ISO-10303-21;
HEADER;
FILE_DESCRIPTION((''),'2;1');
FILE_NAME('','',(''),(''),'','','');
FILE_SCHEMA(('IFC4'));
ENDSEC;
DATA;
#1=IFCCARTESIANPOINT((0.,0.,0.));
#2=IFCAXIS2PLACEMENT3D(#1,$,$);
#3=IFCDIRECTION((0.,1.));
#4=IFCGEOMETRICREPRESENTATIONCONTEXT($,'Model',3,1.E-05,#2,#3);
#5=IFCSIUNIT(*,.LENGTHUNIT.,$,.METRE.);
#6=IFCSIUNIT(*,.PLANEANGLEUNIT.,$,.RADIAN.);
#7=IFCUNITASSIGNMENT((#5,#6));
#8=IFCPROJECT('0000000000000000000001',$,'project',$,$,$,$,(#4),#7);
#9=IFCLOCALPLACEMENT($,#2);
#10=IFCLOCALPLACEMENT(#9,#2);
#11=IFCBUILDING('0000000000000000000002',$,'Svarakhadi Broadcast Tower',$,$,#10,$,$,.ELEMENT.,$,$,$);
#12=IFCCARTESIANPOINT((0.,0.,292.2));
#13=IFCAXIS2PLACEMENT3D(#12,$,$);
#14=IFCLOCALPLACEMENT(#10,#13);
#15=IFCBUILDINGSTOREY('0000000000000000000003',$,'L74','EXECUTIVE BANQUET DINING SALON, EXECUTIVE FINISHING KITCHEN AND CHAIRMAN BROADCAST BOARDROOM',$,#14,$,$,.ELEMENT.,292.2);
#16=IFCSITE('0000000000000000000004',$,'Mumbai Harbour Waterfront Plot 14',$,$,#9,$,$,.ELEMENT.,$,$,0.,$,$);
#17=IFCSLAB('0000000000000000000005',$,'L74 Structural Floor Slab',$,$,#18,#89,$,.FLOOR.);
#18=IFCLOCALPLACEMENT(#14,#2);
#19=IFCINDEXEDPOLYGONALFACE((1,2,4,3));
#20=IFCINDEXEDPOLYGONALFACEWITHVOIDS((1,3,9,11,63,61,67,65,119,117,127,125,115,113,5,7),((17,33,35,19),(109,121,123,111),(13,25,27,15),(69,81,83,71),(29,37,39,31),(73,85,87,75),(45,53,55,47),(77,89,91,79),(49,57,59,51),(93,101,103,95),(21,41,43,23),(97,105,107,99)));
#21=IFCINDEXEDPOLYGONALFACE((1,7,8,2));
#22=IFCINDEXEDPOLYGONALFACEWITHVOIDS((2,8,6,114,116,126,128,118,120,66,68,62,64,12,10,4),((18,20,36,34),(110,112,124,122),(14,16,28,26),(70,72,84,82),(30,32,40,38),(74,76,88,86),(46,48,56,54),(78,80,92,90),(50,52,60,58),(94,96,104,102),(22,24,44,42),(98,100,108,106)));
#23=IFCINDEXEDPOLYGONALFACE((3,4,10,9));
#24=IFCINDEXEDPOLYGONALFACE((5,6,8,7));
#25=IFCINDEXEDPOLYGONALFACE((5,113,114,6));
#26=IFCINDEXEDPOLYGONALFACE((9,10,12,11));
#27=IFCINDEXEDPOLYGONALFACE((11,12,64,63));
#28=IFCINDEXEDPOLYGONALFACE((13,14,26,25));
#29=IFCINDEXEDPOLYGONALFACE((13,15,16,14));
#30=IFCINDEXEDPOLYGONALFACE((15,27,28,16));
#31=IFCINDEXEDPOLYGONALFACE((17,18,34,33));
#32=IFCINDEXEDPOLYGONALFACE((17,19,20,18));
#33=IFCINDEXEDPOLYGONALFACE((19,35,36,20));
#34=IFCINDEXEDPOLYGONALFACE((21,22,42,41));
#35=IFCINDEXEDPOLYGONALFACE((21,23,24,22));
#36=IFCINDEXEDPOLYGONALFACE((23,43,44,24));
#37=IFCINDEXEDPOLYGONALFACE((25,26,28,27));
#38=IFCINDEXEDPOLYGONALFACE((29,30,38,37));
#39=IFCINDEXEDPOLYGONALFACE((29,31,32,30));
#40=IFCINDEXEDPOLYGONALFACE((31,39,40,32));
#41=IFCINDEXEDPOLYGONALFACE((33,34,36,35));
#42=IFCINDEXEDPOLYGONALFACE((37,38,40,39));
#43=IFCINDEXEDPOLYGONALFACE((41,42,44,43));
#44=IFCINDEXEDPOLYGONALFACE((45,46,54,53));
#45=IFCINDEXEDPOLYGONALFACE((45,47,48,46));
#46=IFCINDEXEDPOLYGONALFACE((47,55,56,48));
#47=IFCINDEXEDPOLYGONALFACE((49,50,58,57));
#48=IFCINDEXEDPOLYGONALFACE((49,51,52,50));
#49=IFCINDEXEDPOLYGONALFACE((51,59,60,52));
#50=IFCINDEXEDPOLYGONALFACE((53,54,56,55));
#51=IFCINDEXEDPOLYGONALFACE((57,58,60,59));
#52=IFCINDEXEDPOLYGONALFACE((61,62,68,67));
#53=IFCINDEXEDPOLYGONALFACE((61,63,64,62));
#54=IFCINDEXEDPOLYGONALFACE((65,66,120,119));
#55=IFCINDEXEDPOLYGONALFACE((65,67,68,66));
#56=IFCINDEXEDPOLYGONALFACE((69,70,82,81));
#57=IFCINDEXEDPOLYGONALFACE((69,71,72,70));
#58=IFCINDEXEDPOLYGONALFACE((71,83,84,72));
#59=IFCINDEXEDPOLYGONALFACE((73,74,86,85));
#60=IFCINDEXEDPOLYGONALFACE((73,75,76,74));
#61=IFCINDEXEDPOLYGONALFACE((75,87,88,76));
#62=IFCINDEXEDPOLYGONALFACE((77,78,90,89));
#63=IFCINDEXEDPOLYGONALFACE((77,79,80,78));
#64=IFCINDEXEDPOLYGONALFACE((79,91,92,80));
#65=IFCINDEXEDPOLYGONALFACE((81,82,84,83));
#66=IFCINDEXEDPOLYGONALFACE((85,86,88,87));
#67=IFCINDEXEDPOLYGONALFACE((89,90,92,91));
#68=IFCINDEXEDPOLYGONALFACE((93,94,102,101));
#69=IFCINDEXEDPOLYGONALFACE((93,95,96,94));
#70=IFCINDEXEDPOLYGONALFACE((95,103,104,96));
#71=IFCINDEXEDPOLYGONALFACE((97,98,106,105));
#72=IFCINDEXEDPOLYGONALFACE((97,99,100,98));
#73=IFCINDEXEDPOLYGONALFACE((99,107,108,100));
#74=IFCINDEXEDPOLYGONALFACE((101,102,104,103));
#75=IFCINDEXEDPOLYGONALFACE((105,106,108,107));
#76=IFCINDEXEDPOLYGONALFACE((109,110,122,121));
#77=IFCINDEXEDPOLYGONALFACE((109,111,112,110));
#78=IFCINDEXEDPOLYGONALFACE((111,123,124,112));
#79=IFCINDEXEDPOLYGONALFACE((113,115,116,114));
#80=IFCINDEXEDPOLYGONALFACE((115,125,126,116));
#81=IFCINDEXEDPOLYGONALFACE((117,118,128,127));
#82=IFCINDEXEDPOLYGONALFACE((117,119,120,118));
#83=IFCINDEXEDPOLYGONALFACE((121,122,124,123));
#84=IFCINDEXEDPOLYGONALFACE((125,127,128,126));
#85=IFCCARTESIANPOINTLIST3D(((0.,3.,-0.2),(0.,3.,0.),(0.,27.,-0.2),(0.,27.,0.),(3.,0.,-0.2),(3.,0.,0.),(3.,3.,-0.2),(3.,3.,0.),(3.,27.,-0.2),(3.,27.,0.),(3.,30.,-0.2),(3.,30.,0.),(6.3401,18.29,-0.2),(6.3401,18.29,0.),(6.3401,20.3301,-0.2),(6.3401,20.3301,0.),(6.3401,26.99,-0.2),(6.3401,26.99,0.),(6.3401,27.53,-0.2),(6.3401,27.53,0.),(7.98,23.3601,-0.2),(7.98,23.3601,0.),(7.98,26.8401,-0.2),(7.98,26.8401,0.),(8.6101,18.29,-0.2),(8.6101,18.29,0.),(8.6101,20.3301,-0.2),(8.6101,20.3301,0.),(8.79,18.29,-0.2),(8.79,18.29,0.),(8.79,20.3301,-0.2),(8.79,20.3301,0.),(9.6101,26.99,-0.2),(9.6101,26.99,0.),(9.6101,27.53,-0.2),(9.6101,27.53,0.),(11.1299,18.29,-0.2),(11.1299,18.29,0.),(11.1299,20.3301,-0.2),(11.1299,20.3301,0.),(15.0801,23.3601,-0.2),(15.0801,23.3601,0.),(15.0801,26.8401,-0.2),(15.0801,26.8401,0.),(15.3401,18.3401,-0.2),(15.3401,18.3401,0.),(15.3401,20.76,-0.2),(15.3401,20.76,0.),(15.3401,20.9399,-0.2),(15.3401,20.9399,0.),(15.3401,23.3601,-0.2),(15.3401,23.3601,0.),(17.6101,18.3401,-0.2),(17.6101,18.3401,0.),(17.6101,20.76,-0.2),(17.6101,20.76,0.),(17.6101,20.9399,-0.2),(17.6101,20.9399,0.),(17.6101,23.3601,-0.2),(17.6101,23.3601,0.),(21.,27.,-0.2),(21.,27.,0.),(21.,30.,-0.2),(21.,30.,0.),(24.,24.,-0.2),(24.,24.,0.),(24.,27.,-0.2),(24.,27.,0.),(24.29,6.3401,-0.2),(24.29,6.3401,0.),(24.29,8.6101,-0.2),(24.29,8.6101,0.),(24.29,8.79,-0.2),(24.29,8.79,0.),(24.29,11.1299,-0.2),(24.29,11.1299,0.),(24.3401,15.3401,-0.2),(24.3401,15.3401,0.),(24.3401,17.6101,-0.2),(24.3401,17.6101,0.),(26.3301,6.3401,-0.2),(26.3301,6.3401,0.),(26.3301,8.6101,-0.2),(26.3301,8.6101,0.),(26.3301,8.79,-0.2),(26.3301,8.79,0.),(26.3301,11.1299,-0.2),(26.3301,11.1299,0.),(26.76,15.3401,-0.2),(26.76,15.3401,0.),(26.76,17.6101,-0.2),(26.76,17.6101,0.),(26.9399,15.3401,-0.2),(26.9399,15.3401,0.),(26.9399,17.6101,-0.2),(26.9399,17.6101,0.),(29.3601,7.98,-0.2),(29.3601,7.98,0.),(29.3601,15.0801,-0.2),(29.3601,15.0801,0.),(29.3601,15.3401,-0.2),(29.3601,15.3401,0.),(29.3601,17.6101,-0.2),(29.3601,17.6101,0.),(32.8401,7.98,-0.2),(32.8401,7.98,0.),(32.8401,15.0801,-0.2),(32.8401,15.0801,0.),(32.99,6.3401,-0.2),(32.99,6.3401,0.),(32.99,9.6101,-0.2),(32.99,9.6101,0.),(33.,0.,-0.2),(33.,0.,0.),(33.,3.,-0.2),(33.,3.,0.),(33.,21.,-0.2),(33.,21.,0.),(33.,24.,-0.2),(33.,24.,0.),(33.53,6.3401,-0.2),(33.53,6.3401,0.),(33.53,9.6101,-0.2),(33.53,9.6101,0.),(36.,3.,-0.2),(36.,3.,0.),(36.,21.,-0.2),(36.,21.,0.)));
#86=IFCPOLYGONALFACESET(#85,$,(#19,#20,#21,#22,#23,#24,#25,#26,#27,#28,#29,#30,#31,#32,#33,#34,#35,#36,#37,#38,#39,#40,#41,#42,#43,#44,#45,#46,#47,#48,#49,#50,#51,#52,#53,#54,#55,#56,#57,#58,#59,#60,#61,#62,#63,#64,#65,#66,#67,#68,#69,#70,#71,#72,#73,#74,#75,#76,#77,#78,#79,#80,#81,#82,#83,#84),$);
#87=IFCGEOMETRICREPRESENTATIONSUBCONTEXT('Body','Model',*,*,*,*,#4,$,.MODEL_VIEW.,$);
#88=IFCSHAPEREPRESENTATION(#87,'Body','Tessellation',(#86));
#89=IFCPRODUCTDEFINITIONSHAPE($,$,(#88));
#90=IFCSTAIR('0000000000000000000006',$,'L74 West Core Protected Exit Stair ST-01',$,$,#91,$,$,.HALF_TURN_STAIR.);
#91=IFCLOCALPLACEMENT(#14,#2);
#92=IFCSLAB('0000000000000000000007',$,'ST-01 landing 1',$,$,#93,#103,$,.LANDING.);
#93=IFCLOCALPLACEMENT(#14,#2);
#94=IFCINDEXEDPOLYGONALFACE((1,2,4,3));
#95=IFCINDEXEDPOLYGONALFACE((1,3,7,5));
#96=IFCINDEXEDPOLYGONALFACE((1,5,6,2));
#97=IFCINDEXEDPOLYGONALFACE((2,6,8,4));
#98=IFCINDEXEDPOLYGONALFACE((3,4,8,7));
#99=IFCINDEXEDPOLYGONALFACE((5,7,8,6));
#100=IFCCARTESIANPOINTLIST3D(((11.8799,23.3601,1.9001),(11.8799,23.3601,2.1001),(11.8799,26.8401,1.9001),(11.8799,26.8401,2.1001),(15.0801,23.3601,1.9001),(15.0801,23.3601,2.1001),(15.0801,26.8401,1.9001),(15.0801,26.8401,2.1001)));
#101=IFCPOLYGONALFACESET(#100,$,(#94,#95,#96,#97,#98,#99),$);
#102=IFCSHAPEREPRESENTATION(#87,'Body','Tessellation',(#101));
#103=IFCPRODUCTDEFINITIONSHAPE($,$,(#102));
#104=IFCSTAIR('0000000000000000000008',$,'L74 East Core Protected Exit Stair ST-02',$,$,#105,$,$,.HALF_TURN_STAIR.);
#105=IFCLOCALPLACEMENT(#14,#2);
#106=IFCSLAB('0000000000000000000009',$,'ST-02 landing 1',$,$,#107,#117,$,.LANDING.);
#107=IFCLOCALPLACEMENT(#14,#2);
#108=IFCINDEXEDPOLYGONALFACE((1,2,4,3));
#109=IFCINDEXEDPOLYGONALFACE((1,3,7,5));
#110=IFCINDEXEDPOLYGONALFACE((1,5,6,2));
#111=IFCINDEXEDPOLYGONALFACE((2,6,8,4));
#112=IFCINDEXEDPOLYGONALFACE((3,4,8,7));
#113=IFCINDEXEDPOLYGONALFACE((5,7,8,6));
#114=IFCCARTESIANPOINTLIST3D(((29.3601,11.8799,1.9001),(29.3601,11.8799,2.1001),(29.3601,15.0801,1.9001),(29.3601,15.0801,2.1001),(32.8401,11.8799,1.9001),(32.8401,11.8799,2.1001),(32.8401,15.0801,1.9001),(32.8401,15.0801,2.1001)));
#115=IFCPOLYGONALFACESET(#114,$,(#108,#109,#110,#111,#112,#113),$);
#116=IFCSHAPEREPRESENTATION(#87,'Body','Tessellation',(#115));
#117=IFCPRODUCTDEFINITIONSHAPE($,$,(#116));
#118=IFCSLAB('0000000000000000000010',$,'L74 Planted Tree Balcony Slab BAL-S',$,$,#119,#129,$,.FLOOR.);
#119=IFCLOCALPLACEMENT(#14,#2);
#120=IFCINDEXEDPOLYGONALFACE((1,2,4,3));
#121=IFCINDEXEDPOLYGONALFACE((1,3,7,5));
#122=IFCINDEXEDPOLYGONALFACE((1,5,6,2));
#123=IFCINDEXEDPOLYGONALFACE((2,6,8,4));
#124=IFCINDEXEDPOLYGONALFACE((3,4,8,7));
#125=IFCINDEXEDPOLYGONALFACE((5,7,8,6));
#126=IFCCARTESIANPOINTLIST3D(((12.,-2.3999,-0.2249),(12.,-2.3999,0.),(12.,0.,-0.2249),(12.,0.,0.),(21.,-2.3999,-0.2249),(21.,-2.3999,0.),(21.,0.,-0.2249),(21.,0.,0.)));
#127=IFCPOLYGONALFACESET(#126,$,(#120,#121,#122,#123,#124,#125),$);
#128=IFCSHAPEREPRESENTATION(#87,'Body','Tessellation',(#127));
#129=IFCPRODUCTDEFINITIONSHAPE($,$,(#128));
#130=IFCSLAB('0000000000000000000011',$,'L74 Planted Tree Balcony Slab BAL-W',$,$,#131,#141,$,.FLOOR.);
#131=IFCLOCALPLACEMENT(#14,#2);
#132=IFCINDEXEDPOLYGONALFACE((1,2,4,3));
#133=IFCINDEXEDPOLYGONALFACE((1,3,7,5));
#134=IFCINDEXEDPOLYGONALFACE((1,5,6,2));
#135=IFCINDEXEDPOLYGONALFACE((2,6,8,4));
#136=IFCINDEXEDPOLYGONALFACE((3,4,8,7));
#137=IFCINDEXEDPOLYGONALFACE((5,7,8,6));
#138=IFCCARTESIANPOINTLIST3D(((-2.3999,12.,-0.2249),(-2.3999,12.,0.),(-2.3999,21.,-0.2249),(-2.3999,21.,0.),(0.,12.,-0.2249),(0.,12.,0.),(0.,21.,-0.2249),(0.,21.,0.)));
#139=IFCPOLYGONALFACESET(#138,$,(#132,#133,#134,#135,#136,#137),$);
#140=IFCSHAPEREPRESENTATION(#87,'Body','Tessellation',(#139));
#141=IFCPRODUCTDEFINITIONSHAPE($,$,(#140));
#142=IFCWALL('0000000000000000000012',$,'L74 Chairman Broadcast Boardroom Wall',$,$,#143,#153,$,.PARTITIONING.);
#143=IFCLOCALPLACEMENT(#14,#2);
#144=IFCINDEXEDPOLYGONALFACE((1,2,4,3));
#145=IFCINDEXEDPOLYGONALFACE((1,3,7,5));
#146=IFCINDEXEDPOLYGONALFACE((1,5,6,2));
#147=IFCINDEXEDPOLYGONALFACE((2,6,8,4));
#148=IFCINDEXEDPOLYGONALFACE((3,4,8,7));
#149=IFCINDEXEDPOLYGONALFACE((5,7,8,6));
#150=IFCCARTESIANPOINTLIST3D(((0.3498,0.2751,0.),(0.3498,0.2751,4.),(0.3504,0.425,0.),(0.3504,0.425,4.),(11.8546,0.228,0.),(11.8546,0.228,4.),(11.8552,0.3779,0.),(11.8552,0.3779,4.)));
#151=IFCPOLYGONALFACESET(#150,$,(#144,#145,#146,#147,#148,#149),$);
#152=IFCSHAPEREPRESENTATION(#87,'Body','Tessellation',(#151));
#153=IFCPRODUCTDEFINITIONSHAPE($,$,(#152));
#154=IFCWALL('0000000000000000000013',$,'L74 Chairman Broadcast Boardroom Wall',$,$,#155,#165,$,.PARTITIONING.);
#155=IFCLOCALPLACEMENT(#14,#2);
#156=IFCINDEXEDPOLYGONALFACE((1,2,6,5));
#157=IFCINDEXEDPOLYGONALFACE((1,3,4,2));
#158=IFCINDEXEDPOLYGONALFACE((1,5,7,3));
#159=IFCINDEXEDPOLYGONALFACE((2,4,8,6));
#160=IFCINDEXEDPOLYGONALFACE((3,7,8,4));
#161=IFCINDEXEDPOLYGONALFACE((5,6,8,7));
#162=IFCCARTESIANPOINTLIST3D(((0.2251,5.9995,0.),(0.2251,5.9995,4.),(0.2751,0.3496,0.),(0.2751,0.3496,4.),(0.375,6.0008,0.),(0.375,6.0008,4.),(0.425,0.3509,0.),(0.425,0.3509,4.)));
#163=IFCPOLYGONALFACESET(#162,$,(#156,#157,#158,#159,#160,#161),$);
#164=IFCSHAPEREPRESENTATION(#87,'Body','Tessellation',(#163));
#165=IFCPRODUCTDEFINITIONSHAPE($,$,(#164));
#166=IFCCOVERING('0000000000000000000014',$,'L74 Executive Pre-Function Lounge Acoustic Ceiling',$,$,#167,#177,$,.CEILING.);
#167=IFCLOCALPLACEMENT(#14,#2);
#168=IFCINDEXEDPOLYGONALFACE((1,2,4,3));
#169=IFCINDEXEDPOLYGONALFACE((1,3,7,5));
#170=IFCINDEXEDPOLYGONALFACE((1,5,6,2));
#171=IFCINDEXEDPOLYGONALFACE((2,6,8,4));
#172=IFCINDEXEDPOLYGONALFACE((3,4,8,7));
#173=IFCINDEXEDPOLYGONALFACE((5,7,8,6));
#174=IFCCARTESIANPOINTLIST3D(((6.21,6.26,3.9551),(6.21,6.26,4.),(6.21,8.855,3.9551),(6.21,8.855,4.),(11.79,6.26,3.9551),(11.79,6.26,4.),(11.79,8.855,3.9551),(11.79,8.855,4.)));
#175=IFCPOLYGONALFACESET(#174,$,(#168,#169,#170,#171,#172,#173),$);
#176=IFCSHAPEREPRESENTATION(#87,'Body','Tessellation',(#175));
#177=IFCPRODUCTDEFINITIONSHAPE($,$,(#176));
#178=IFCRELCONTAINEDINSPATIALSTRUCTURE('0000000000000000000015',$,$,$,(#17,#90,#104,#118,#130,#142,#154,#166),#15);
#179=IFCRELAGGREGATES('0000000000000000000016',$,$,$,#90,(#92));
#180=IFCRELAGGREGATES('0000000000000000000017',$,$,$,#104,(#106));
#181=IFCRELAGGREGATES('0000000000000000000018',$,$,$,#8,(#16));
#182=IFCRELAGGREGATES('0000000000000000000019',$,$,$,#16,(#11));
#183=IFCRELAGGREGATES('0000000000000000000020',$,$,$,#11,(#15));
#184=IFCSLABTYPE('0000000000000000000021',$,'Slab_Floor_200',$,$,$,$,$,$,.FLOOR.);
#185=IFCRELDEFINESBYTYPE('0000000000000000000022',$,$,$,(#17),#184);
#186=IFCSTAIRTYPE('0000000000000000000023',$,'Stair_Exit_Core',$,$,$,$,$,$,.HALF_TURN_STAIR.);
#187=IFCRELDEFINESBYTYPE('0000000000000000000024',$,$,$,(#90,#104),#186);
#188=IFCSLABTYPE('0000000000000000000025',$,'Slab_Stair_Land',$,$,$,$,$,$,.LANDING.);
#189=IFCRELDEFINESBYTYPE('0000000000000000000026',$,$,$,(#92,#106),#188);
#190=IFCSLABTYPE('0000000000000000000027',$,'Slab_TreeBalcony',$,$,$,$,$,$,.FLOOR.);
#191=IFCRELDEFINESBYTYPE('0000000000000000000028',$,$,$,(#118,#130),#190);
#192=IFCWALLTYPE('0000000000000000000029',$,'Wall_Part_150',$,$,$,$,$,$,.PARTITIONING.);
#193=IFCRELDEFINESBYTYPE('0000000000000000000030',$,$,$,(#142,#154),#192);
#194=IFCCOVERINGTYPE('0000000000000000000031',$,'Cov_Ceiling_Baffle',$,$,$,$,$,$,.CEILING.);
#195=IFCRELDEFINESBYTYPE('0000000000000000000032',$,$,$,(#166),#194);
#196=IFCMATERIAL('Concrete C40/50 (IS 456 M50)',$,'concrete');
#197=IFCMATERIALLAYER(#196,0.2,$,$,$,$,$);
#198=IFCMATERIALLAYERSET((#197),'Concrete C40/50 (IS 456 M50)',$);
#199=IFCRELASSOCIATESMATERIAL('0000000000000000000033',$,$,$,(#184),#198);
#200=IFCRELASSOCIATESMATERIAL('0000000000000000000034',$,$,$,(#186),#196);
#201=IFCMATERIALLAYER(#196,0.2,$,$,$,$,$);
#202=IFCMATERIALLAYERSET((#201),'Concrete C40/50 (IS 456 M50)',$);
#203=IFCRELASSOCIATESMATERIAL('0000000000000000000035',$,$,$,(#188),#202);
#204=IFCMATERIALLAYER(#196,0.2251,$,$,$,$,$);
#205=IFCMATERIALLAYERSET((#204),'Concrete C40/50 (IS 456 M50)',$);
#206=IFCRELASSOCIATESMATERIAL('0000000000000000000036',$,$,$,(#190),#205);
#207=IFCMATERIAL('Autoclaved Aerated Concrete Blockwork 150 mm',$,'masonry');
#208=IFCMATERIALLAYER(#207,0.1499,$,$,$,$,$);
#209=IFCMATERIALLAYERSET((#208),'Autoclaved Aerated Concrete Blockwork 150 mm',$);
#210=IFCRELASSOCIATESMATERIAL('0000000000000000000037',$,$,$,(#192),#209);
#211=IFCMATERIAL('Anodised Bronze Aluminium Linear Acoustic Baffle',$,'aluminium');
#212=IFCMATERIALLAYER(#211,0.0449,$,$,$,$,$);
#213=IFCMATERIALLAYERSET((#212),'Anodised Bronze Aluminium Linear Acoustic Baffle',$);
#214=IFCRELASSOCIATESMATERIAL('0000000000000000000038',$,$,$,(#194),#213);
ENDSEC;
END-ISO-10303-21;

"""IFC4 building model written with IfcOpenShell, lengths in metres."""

from ifc_helpers import new_model, si_unit, direction, frame, frame_2d, origin, place, context, subcontext, project, spatial, polyline, rectangle, outline, extrude, material, layer, layer_set, type_object, element, aggregate, save


model = new_model("IFC4")

# Units and contexts
model_context = context("Model", 3, precision=1e-05, world=origin(), true_north=direction((0.0, 1.0)))
body_context = subcontext(model_context, "Body", "Model", "MODEL_VIEW")
ifc_project = project(units=[si_unit("LENGTHUNIT", "METRE"), si_unit("PLANEANGLEUNIT", "RADIAN")], contexts=[model_context])

# Site, building, storey
site_placement = place(None, origin())
site = spatial("IfcSite", under=ifc_project, at=site_placement, Name="Mumbai Harbour Waterfront Plot 14", CompositionType="ELEMENT", RefElevation=0.0)
building_placement = place(site_placement, origin())
building = spatial("IfcBuilding", under=site, at=building_placement, Name="Svarakhadi Broadcast Tower", CompositionType="ELEMENT")
storey_placement = place(building_placement, frame((0.0, 0.0, 292.2)))
storey = spatial("IfcBuildingStorey", under=building, at=storey_placement, Name="L74", Description="EXECUTIVE BANQUET DINING SALON, EXECUTIVE FINISHING KITCHEN AND CHAIRMAN BROADCAST BOARDROOM", CompositionType="ELEMENT", Elevation=292.2)

# Slab
ifc_material_1 = material(Name="Concrete C40/50 (IS 456 M50)", Category="concrete")
ifc_layer_1 = layer(ifc_material_1, 0.2)
ifc_layer_set_1 = layer_set([ifc_layer_1], Name="Concrete C40/50 (IS 456 M50)")
slab_type_1 = type_object("IfcSlabType", Name="Slab_Floor_200", PredefinedType="FLOOR", material=ifc_layer_set_1)
slab_1_placement = place(storey_placement, frame((0.0, 0.0, -0.2)))
element("IfcSlab", 1, at=slab_1_placement, inside=storey, type_object=slab_type_1, Name="L74 Structural Floor Slab", PredefinedType="FLOOR", context=body_context, shape_type="SweptSolid", body=[
    extrude(outline(polyline([(3.0, 0.0), (33.0, 0.0), (33.0, 3.0), (36.0, 3.0), (36.0, 21.0), (33.0, 21.0), (33.0, 24.0), (24.0, 24.0), (24.0, 27.0), (21.0, 27.0), (21.0, 30.0), (3.0, 30.0), (3.0, 27.0), (0.0, 27.0), (0.0, 3.0), (3.0, 3.0), (3.0, 0.0)]), holes=[polyline([(7.98, 23.3601), (15.0801, 23.3601), (15.0801, 26.8401), (7.98, 26.8401), (7.98, 23.3601)]), polyline([(32.8401, 7.98), (32.8401, 15.0801), (29.3601, 15.0801), (29.3601, 7.98), (32.8401, 7.98)]), polyline([(6.3401, 18.29), (8.6101, 18.29), (8.6101, 20.3301), (6.3401, 20.3301), (6.3401, 18.29)]), polyline([(8.79, 18.29), (11.1299, 18.29), (11.1299, 20.3301), (8.79, 20.3301), (8.79, 18.29)]), polyline([(24.29, 6.3401), (26.3301, 6.3401), (26.3301, 8.6101), (24.29, 8.6101), (24.29, 6.3401)]), polyline([(24.29, 8.79), (26.3301, 8.79), (26.3301, 11.1299), (24.29, 11.1299), (24.29, 8.79)]), polyline([(6.3401, 26.99), (9.6101, 26.99), (9.6101, 27.53), (6.3401, 27.53), (6.3401, 26.99)]), polyline([(32.99, 6.3401), (33.53, 6.3401), (33.53, 9.6101), (32.99, 9.6101), (32.99, 6.3401)]), polyline([(15.3401, 18.3401), (17.6101, 18.3401), (17.6101, 20.76), (15.3401, 20.76), (15.3401, 18.3401)]), polyline([(15.3401, 20.9399), (17.6101, 20.9399), (17.6101, 23.3601), (15.3401, 23.3601), (15.3401, 20.9399)]), polyline([(24.3401, 15.3401), (26.76, 15.3401), (26.76, 17.6101), (24.3401, 17.6101), (24.3401, 15.3401)]), polyline([(26.9399, 15.3401), (29.3601, 15.3401), (29.3601, 17.6101), (26.9399, 17.6101), (26.9399, 15.3401)])]), origin(), (0.0, 0.0, 1.0), 0.2),
])

# Stairs, slabs
stair_type = type_object("IfcStairType", Name="Stair_Exit_Core", PredefinedType="HALF_TURN_STAIR", material=ifc_material_1)
stair_1_placement = place(storey_placement, origin())
stair_1 = element("IfcStair", 2, at=stair_1_placement, inside=storey, type_object=stair_type, Name="L74 West Core Protected Exit Stair ST-01", PredefinedType="HALF_TURN_STAIR")
ifc_layer_2 = layer(ifc_material_1, 0.2)
ifc_layer_set_2 = layer_set([ifc_layer_2], Name="Concrete C40/50 (IS 456 M50)")
slab_type_2 = type_object("IfcSlabType", Name="Slab_Stair_Land", PredefinedType="LANDING", material=ifc_layer_set_2)
slab_2_placement = place(storey_placement, frame((0.0, 0.0, 1.9001)))
slab_2 = element("IfcSlab", 3, at=slab_2_placement, type_object=slab_type_2, Name="ST-01 landing 1", PredefinedType="LANDING", context=body_context, shape_type="SweptSolid", body=[
    extrude(outline(polyline([(11.8799, 23.3601), (15.0801, 23.3601), (15.0801, 26.8401), (11.8799, 26.8401), (11.8799, 23.3601)])), origin(), (0.0, 0.0, 1.0), 0.2),
])
aggregate(stair_1, [slab_2])
stair_2_placement = place(storey_placement, origin())
stair_2 = element("IfcStair", 4, at=stair_2_placement, inside=storey, type_object=stair_type, Name="L74 East Core Protected Exit Stair ST-02", PredefinedType="HALF_TURN_STAIR")
slab_3_placement = place(storey_placement, frame((0.0, 0.0, 1.9001)))
slab_3 = element("IfcSlab", 5, at=slab_3_placement, type_object=slab_type_2, Name="ST-02 landing 1", PredefinedType="LANDING", context=body_context, shape_type="SweptSolid", body=[
    extrude(outline(polyline([(32.8401, 11.8799), (32.8401, 15.0801), (29.3601, 15.0801), (29.3601, 11.8799), (32.8401, 11.8799)])), origin(), (0.0, 0.0, 1.0), 0.2),
])
aggregate(stair_2, [slab_3])

# Slabs
ifc_layer_3 = layer(ifc_material_1, 0.2251)
ifc_layer_set_3 = layer_set([ifc_layer_3], Name="Concrete C40/50 (IS 456 M50)")
slab_type_3 = type_object("IfcSlabType", Name="Slab_TreeBalcony", PredefinedType="FLOOR", material=ifc_layer_set_3)
slab_4_placement = place(storey_placement, frame((0.0, 0.0, -0.2249)))
element("IfcSlab", 6, at=slab_4_placement, inside=storey, type_object=slab_type_3, Name="L74 Planted Tree Balcony Slab BAL-S", PredefinedType="FLOOR", context=body_context, shape_type="SweptSolid", body=[
    extrude(outline(polyline([(12.0, -2.3999), (21.0, -2.3999), (21.0, 0.0), (12.0, 0.0), (12.0, -2.3999)])), origin(), (0.0, 0.0, 1.0), 0.2249),
])
slab_5_placement = place(storey_placement, frame((0.0, 0.0, -0.2249)))
element("IfcSlab", 7, at=slab_5_placement, inside=storey, type_object=slab_type_3, Name="L74 Planted Tree Balcony Slab BAL-W", PredefinedType="FLOOR", context=body_context, shape_type="SweptSolid", body=[
    extrude(outline(polyline([(-2.3999, 12.0), (0.0, 12.0), (0.0, 21.0), (-2.3999, 21.0), (-2.3999, 12.0)])), origin(), (0.0, 0.0, 1.0), 0.2249),
])

# Walls
ifc_material_2 = material(Name="Autoclaved Aerated Concrete Blockwork 150 mm", Category="masonry")
ifc_layer_4 = layer(ifc_material_2, 0.1499)
ifc_layer_set_4 = layer_set([ifc_layer_4], Name="Autoclaved Aerated Concrete Blockwork 150 mm")
wall_type = type_object("IfcWallType", Name="Wall_Part_150", PredefinedType="PARTITIONING", material=ifc_layer_set_4)
wall_1_placement = place(storey_placement, frame((0.3501, 0.3501, 0.0), z_axis=(0.0, 0.0, 1.0), x_axis=(0.999992, -0.004096, 0.0)))
element("IfcWall", 8, at=wall_1_placement, inside=storey, type_object=wall_type, Name="L74 Chairman Broadcast Boardroom Wall", PredefinedType="PARTITIONING", context=body_context, shape_type="SweptSolid", body=[
    extrude(rectangle(XDim=11.5049, YDim=0.1499, at=frame_2d((5.7524, 0.0))), origin(), (0.0, 0.0, 1.0), 4.0),
])
wall_2_placement = place(storey_placement, frame((0.3501, 0.3501, 0.0), z_axis=(0.0, 0.0, 1.0), x_axis=(-0.008858, 0.999961, 0.0)))
element("IfcWall", 9, at=wall_2_placement, inside=storey, type_object=wall_type, Name="L74 Chairman Broadcast Boardroom Wall", PredefinedType="PARTITIONING", context=body_context, shape_type="SweptSolid", body=[
    extrude(rectangle(XDim=5.6501, YDim=0.1499, at=frame_2d((2.8252, 0.0))), origin(), (0.0, 0.0, 1.0), 4.0),
])

# Covering
ifc_material_3 = material(Name="Anodised Bronze Aluminium Linear Acoustic Baffle", Category="aluminium")
ifc_layer_5 = layer(ifc_material_3, 0.0449)
ifc_layer_set_5 = layer_set([ifc_layer_5], Name="Anodised Bronze Aluminium Linear Acoustic Baffle")
covering_type_1 = type_object("IfcCoveringType", Name="Cov_Ceiling_Baffle", PredefinedType="CEILING", material=ifc_layer_set_5)
covering_1_placement = place(storey_placement, frame((0.0, 0.0, 3.9551)))
element("IfcCovering", 10, at=covering_1_placement, inside=storey, type_object=covering_type_1, Name="L74 Executive Pre-Function Lounge Acoustic Ceiling", PredefinedType="CEILING", context=body_context, shape_type="SweptSolid", body=[
    extrude(outline(polyline([(6.21, 6.26), (6.21, 8.855), (11.79, 8.855), (11.79, 6.26), (6.21, 6.26)])), origin(), (0.0, 0.0, 1.0), 0.0449),
])

save(model, "model.ifc")
